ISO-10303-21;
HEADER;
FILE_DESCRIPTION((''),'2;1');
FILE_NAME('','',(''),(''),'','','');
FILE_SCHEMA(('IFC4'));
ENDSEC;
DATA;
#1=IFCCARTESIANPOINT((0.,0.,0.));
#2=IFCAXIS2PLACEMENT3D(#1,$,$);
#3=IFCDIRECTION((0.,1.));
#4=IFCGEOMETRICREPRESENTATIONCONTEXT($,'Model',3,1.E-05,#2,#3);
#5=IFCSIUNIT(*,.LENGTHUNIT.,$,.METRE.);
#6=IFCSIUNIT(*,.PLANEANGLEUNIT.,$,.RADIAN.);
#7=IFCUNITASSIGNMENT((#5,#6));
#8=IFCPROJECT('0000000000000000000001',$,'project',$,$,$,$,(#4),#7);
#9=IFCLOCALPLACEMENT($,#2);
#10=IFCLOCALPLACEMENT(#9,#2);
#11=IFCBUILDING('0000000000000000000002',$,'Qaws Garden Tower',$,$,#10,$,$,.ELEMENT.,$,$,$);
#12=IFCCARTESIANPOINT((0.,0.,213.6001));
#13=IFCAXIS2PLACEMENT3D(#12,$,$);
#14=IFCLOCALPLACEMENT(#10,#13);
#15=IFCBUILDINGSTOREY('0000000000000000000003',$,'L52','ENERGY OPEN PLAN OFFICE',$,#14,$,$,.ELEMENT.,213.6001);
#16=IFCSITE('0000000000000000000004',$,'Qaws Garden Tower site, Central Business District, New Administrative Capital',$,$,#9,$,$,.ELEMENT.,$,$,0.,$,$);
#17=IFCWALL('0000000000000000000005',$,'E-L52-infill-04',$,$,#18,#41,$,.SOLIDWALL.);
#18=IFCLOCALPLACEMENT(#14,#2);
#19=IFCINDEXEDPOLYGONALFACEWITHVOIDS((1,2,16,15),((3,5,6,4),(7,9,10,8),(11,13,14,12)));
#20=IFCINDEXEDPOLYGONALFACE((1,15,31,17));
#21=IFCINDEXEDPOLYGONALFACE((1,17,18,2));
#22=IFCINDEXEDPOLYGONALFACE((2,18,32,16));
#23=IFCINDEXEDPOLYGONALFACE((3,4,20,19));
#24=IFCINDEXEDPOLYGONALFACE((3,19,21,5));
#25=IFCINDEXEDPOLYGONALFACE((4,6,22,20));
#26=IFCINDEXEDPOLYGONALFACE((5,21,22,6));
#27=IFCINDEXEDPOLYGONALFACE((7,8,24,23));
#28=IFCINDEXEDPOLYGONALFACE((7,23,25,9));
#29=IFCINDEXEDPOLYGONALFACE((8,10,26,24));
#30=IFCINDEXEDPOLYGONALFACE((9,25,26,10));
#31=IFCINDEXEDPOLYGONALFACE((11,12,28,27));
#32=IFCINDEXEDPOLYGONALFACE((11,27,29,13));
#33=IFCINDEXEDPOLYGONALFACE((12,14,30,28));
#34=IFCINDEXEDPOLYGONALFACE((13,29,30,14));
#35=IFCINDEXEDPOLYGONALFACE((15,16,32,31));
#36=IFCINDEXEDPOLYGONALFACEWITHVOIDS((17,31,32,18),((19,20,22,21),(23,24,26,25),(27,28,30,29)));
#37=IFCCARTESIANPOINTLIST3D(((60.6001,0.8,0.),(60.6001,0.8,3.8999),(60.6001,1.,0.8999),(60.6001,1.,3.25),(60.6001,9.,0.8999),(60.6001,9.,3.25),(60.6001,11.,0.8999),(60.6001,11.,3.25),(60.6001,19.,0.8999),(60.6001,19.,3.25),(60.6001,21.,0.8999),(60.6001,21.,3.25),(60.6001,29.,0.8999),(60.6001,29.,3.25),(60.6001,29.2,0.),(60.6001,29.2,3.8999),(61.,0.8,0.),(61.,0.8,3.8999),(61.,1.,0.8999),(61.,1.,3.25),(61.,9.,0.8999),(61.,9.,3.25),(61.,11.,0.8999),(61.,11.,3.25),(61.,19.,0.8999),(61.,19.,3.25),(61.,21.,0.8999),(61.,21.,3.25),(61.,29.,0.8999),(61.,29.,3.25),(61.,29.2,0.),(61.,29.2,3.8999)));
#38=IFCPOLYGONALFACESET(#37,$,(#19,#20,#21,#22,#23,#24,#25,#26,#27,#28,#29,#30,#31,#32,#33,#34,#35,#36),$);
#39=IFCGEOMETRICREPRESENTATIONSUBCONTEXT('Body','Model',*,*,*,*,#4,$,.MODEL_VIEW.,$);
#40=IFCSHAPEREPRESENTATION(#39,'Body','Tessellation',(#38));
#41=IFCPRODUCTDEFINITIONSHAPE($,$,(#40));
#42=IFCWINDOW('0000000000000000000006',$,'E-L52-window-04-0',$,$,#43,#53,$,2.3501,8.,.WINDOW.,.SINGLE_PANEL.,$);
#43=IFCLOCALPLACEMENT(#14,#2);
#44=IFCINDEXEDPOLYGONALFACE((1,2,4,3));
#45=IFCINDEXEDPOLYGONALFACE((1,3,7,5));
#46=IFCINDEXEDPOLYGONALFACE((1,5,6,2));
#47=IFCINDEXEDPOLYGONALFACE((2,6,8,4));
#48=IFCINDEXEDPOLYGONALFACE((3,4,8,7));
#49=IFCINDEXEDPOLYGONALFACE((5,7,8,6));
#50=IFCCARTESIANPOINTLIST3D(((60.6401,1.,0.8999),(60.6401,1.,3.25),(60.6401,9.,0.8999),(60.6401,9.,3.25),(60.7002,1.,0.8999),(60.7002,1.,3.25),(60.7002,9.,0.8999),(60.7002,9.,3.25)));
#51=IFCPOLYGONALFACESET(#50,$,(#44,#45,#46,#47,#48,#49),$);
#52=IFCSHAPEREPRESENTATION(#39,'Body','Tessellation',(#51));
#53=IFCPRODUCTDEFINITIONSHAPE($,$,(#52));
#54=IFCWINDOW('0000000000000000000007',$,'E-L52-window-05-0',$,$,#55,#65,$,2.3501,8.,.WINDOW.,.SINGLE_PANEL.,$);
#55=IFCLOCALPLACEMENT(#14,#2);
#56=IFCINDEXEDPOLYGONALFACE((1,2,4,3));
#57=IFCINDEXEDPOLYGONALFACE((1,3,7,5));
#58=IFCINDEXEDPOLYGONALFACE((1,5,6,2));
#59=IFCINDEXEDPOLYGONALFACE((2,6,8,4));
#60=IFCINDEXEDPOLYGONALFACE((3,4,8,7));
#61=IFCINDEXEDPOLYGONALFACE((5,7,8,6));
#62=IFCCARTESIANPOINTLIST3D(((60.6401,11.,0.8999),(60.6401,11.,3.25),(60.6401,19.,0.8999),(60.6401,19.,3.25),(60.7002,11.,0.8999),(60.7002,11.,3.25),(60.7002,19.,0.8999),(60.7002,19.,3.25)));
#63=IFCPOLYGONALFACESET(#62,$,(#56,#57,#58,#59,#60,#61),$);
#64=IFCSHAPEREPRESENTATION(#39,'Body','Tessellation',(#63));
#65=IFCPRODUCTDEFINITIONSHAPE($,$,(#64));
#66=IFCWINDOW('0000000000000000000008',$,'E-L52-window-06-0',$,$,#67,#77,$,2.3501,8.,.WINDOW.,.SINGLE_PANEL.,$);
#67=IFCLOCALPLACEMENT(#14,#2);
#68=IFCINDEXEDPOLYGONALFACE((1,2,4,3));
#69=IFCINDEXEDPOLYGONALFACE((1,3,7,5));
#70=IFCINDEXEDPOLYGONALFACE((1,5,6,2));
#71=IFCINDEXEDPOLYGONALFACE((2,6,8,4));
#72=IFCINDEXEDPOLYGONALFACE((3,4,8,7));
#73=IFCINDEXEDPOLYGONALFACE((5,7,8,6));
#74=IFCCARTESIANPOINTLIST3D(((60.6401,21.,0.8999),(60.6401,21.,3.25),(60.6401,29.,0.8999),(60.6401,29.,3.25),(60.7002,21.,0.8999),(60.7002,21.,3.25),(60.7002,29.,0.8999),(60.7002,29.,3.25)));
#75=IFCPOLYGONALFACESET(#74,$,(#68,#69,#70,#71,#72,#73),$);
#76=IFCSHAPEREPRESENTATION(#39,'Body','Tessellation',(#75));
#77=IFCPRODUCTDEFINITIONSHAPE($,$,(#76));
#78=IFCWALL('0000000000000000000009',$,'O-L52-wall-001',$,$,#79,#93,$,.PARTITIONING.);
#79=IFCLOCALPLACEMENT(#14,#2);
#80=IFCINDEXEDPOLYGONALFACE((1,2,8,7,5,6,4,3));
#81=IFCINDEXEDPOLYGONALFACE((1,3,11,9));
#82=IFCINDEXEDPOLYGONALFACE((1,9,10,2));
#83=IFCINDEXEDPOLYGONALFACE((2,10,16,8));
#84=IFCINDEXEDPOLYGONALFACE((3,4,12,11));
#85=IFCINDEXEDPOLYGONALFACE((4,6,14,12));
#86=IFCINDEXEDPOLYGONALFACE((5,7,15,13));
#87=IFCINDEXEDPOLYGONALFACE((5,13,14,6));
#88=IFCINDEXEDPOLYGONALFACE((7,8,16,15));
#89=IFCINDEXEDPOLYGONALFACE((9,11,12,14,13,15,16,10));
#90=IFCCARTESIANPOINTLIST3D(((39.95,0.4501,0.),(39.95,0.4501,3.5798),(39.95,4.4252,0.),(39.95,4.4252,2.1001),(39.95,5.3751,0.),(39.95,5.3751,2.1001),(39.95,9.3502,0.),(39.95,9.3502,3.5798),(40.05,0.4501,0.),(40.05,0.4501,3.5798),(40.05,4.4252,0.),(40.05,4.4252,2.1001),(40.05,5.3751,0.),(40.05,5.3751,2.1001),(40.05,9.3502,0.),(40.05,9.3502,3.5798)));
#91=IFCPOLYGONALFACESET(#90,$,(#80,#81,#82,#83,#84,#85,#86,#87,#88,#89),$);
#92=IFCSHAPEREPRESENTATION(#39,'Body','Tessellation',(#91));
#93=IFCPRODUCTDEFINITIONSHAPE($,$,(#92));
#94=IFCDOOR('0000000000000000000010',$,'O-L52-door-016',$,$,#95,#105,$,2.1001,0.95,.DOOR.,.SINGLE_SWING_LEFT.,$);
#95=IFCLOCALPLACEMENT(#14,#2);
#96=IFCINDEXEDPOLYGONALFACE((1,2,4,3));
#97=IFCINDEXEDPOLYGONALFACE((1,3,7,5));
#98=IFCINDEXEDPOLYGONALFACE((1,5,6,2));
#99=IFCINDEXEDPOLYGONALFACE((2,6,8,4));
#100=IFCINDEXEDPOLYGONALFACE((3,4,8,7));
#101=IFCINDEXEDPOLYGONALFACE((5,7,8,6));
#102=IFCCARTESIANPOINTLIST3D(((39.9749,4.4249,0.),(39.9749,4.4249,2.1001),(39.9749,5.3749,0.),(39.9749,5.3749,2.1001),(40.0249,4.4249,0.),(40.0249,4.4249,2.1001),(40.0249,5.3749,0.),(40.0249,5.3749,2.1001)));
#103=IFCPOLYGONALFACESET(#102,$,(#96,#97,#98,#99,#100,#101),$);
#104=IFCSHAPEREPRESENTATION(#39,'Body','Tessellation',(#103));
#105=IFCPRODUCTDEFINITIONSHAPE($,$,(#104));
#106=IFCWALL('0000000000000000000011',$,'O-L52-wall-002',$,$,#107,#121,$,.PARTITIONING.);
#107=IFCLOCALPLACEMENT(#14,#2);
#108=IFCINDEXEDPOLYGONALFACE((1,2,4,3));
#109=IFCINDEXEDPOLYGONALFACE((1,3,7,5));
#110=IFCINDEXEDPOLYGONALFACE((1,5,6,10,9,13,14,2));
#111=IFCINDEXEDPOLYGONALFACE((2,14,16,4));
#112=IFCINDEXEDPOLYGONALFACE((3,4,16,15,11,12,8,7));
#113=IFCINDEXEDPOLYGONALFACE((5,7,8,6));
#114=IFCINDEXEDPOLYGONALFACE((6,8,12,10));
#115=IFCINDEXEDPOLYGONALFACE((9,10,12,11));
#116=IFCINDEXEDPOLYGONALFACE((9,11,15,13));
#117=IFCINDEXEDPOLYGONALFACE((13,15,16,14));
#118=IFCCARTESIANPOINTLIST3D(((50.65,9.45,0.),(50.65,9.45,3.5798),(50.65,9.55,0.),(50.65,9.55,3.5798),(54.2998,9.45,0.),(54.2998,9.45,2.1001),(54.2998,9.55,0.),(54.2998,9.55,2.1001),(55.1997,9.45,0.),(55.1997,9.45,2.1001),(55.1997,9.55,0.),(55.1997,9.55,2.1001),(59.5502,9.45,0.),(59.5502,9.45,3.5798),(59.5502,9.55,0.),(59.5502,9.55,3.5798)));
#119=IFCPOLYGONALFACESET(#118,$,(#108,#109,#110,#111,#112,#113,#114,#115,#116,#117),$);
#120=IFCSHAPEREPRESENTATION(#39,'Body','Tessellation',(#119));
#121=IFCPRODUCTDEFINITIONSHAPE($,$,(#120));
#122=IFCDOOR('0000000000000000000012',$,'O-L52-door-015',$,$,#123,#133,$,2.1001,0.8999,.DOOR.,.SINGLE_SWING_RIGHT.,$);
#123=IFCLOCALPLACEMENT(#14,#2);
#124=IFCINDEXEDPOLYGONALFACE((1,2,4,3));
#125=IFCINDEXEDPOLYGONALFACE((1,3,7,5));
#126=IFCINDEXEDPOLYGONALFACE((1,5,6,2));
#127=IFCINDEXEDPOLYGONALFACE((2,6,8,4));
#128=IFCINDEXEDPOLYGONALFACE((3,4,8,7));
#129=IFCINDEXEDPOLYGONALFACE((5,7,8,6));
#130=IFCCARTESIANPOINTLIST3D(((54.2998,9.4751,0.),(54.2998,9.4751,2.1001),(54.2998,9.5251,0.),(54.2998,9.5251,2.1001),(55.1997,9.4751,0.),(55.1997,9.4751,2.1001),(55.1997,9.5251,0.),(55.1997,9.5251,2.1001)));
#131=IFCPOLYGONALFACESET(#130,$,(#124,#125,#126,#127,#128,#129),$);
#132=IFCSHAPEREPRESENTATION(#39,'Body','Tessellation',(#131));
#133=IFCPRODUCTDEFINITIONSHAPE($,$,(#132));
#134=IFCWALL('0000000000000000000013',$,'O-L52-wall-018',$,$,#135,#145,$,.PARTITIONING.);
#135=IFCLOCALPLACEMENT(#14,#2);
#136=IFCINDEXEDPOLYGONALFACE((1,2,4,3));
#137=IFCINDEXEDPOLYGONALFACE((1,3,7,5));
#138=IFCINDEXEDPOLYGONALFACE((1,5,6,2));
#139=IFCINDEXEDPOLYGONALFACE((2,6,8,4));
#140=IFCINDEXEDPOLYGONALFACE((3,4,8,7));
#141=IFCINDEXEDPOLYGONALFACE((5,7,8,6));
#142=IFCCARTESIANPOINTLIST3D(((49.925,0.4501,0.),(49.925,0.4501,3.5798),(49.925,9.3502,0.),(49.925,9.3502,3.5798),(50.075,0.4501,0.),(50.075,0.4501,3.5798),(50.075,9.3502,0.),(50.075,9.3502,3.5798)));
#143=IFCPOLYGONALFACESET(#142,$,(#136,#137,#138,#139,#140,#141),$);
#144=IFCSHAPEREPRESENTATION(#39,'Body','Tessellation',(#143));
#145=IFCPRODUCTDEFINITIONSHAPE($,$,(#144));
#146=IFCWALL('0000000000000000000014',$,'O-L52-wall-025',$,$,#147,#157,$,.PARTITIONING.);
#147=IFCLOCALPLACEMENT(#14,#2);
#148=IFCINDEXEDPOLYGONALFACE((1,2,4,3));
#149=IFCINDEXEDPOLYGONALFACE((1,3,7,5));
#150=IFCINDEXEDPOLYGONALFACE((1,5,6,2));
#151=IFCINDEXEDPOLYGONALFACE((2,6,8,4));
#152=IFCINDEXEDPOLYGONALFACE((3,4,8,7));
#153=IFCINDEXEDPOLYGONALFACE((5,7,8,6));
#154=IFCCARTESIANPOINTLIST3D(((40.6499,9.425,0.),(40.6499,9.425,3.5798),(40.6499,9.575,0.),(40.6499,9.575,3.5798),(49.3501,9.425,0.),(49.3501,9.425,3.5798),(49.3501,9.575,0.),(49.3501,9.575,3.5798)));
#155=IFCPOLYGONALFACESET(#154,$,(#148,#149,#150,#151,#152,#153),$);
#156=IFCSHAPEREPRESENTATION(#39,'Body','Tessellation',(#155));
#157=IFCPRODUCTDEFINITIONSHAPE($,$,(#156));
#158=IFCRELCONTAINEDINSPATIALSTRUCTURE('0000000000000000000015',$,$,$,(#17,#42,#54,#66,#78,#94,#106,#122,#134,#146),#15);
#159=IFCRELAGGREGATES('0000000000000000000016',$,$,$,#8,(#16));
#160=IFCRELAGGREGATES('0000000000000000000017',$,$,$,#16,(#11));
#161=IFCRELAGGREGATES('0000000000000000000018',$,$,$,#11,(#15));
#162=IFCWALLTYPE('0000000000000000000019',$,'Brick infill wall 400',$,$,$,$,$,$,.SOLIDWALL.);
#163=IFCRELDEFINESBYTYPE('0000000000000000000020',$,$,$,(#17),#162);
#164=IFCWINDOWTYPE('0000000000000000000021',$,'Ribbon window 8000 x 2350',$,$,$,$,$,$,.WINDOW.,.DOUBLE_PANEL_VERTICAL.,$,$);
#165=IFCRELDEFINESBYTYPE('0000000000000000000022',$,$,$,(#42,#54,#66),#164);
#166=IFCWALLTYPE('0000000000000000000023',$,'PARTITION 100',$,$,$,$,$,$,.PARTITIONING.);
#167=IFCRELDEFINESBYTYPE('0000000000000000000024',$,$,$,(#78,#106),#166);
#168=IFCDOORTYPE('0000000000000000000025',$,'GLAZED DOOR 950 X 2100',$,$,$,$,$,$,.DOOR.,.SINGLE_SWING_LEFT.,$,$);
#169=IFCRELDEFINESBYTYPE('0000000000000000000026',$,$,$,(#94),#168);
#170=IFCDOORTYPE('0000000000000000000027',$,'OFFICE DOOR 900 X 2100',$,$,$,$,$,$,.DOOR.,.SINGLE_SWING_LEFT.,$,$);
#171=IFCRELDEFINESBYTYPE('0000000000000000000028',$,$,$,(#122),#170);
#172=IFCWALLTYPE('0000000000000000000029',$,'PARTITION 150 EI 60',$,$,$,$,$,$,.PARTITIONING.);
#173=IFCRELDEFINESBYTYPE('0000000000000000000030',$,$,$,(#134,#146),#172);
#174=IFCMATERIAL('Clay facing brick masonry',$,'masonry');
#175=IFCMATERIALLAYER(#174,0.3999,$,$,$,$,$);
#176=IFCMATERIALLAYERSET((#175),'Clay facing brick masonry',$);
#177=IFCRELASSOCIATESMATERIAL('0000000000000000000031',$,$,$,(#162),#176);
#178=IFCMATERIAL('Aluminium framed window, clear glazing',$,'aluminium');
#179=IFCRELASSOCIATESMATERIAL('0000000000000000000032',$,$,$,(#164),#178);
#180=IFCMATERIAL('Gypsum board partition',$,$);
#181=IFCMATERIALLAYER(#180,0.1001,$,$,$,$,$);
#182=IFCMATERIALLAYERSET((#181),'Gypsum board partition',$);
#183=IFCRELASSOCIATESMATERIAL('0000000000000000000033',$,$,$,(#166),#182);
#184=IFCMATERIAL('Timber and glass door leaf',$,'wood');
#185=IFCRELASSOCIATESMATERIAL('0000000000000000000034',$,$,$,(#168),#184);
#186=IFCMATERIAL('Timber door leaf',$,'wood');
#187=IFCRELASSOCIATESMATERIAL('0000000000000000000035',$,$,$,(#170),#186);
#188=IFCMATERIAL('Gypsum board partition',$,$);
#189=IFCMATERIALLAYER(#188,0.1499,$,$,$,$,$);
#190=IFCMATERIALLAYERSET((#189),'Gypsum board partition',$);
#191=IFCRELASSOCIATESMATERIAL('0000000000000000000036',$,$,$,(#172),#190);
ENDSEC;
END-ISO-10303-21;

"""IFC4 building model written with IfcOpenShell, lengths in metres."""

from ifc_helpers import new_model, si_unit, direction, frame, frame_2d, origin, place, context, subcontext, project, spatial, rectangle, extrude, material, layer, layer_set, type_object, element, fill, save


model = new_model("IFC4")

# Units and contexts
model_context = context("Model", 3, precision=1e-05, world=origin(), true_north=direction((0.0, 1.0)))
body_context = subcontext(model_context, "Body", "Model", "MODEL_VIEW")
ifc_project = project(units=[si_unit("LENGTHUNIT", "METRE"), si_unit("PLANEANGLEUNIT", "RADIAN")], contexts=[model_context])

# Site, building, storey
site_placement = place(None, origin())
site = spatial("IfcSite", under=ifc_project, at=site_placement, Name="Qaws Garden Tower site, Central Business District, New Administrative Capital", CompositionType="ELEMENT", RefElevation=0.0)
building_placement = place(site_placement, origin())
building = spatial("IfcBuilding", under=site, at=building_placement, Name="Qaws Garden Tower", CompositionType="ELEMENT")
storey_placement = place(building_placement, frame((0.0, 0.0, 213.6001)))
storey = spatial("IfcBuildingStorey", under=building, at=storey_placement, Name="L52", Description="ENERGY OPEN PLAN OFFICE", CompositionType="ELEMENT", Elevation=213.6001)

# Wall, openings, windows
ifc_material_1 = material(Name="Clay facing brick masonry", Category="masonry")
ifc_layer_1 = layer(ifc_material_1, 0.3999)
ifc_layer_set_1 = layer_set([ifc_layer_1], Name="Clay facing brick masonry")
wall_type_1 = type_object("IfcWallType", Name="Brick infill wall 400", PredefinedType="SOLIDWALL", material=ifc_layer_set_1)
wall_1_placement = place(storey_placement, frame((60.8, 0.8, 0.0), z_axis=(0.0, 0.0, 1.0), x_axis=(0.0, 1.0, 0.0)))
wall_1 = element("IfcWall", 1, at=wall_1_placement, inside=storey, type_object=wall_type_1, Name="E-L52-infill-04", PredefinedType="SOLIDWALL", context=body_context, shape_type="SweptSolid", body=[
    extrude(rectangle(XDim=28.3999, YDim=0.3999, at=frame_2d((14.2, 0.0))), origin(), (0.0, 0.0, 1.0), 3.8999),
])
opening_1_placement = place(wall_1_placement, frame((0.2, 0.0, 0.8999)))
opening_1 = element("IfcOpeningElement", 2, at=opening_1_placement, cuts=wall_1, PredefinedType="OPENING", context=body_context, shape_type="SweptSolid", body=[
    extrude(rectangle(XDim=8.0, YDim=2.3501, at=frame_2d((4.0, 1.175))), frame((0.0, 0.21, 0.0), z_axis=(0.0, -1.0, 0.0), x_axis=(1.0, 0.0, 0.0)), (0.0, 0.0, 1.0), 0.4199),
])
opening_2_placement = place(wall_1_placement, frame((10.2, 0.0, 0.8999)))
opening_2 = element("IfcOpeningElement", 3, at=opening_2_placement, cuts=wall_1, PredefinedType="OPENING", context=body_context, shape_type="SweptSolid", body=[
    extrude(rectangle(XDim=8.0, YDim=2.3501, at=frame_2d((4.0, 1.175))), frame((0.0, 0.21, 0.0), z_axis=(0.0, -1.0, 0.0), x_axis=(1.0, 0.0, 0.0)), (0.0, 0.0, 1.0), 0.4199),
])
opening_3_placement = place(wall_1_placement, frame((20.2, 0.0, 0.8999)))
opening_3 = element("IfcOpeningElement", 4, at=opening_3_placement, cuts=wall_1, PredefinedType="OPENING", context=body_context, shape_type="SweptSolid", body=[
    extrude(rectangle(XDim=8.0, YDim=2.3501, at=frame_2d((4.0, 1.175))), frame((0.0, 0.21, 0.0), z_axis=(0.0, -1.0, 0.0), x_axis=(1.0, 0.0, 0.0)), (0.0, 0.0, 1.0), 0.4199),
])
ifc_material_2 = material(Name="Aluminium framed window, clear glazing", Category="aluminium")
window_type = type_object("IfcWindowType", Name="Ribbon window 8000 x 2350", PartitioningType="DOUBLE_PANEL_VERTICAL", PredefinedType="WINDOW", material=ifc_material_2)
window_1_placement = place(opening_1_placement, origin())
window_1 = element("IfcWindow", 5, at=window_1_placement, inside=storey, type_object=window_type, Name="E-L52-window-04-0", OverallHeight=2.3501, OverallWidth=8.0, PartitioningType="SINGLE_PANEL", PredefinedType="WINDOW", context=body_context, shape_type="SweptSolid", body=[
    extrude(rectangle(XDim=8.0, YDim=2.3501, at=frame_2d((4.0, 1.175))), frame((0.0, 0.1599, 0.0), z_axis=(0.0, -1.0, 0.0), x_axis=(1.0, 0.0, 0.0)), (0.0, 0.0, 1.0), 0.0601),
])
fill(opening_1, window_1)
window_2_placement = place(opening_2_placement, origin())
window_2 = element("IfcWindow", 6, at=window_2_placement, inside=storey, type_object=window_type, Name="E-L52-window-05-0", OverallHeight=2.3501, OverallWidth=8.0, PartitioningType="SINGLE_PANEL", PredefinedType="WINDOW", context=body_context, shape_type="SweptSolid", body=[
    extrude(rectangle(XDim=8.0, YDim=2.3501, at=frame_2d((4.0, 1.175))), frame((0.0, 0.1599, 0.0), z_axis=(0.0, -1.0, 0.0), x_axis=(1.0, 0.0, 0.0)), (0.0, 0.0, 1.0), 0.0601),
])
fill(opening_2, window_2)
window_3_placement = place(opening_3_placement, origin())
window_3 = element("IfcWindow", 7, at=window_3_placement, inside=storey, type_object=window_type, Name="E-L52-window-06-0", OverallHeight=2.3501, OverallWidth=8.0, PartitioningType="SINGLE_PANEL", PredefinedType="WINDOW", context=body_context, shape_type="SweptSolid", body=[
    extrude(rectangle(XDim=8.0, YDim=2.3501, at=frame_2d((4.0, 1.175))), frame((0.0, 0.1599, 0.0), z_axis=(0.0, -1.0, 0.0), x_axis=(1.0, 0.0, 0.0)), (0.0, 0.0, 1.0), 0.0601),
])
fill(opening_3, window_3)

# Walls, openings, doors
ifc_material_3 = material(Name="Gypsum board partition")
ifc_layer_2 = layer(ifc_material_3, 0.1001)
ifc_layer_set_2 = layer_set([ifc_layer_2], Name="Gypsum board partition")
wall_type_2 = type_object("IfcWallType", Name="PARTITION 100", PredefinedType="PARTITIONING", material=ifc_layer_set_2)
wall_2_placement = place(storey_placement, frame((40.0, 0.45, 0.0), z_axis=(0.0, 0.0, 1.0), x_axis=(0.0, 1.0, 0.0)))
wall_2 = element("IfcWall", 8, at=wall_2_placement, inside=storey, type_object=wall_type_2, Name="O-L52-wall-001", PredefinedType="PARTITIONING", context=body_context, shape_type="SweptSolid", body=[
    extrude(rectangle(XDim=8.9001, YDim=0.1001, at=frame_2d((4.4502, 0.0))), origin(), (0.0, 0.0, 1.0), 3.5798),
])
opening_4_placement = place(wall_2_placement, frame((3.9751, 0.0, 0.0)))
opening_4 = element("IfcOpeningElement", 9, at=opening_4_placement, cuts=wall_2, PredefinedType="OPENING", context=body_context, shape_type="SweptSolid", body=[
    extrude(rectangle(XDim=0.95, YDim=2.1001, at=frame_2d((0.4751, 1.05))), frame((0.0, 0.0601, 0.0), z_axis=(0.0, -1.0, 0.0), x_axis=(1.0, 0.0, 0.0)), (0.0, 0.0, 1.0), 0.1201),
])
ifc_material_4 = material(Name="Timber and glass door leaf", Category="wood")
door_type_1 = type_object("IfcDoorType", Name="GLAZED DOOR 950 X 2100", OperationType="SINGLE_SWING_LEFT", PredefinedType="DOOR", material=ifc_material_4)
door_1_placement = place(opening_4_placement, frame((0.95, 0.0, 0.0), z_axis=(0.0, 0.0, 1.0), x_axis=(-1.0, 0.0, 0.0)))
door_1 = element("IfcDoor", 10, at=door_1_placement, inside=storey, type_object=door_type_1, Name="O-L52-door-016", OperationType="SINGLE_SWING_LEFT", OverallHeight=2.1001, OverallWidth=0.95, PredefinedType="DOOR", context=body_context, shape_type="SweptSolid", body=[
    extrude(rectangle(XDim=0.95, YDim=2.1001, at=frame_2d((0.4751, 1.05))), frame((0.0, 0.0249, 0.0), z_axis=(0.0, -1.0, 0.0), x_axis=(1.0, 0.0, 0.0)), (0.0, 0.0, 1.0), 0.05),
])
fill(opening_4, door_1)
wall_3_placement = place(storey_placement, frame((50.6499, 9.5, 0.0), z_axis=(0.0, 0.0, 1.0), x_axis=(1.0, 0.0, 0.0)))
wall_3 = element("IfcWall", 11, at=wall_3_placement, inside=storey, type_object=wall_type_2, Name="O-L52-wall-002", PredefinedType="PARTITIONING", context=body_context, shape_type="SweptSolid", body=[
    extrude(rectangle(XDim=8.9001, YDim=0.1001, at=frame_2d((4.4502, 0.0))), origin(), (0.0, 0.0, 1.0), 3.5798),
])
opening_5_placement = place(wall_3_placement, frame((3.6499, 0.0, 0.0)))
opening_5 = element("IfcOpeningElement", 12, at=opening_5_placement, cuts=wall_3, PredefinedType="OPENING", context=body_context, shape_type="SweptSolid", body=[
    extrude(rectangle(XDim=0.8999, YDim=2.1001, at=frame_2d((0.45, 1.05))), frame((0.0, 0.0601, 0.0), z_axis=(0.0, -1.0, 0.0), x_axis=(1.0, 0.0, 0.0)), (0.0, 0.0, 1.0), 0.1201),
])
ifc_material_5 = material(Name="Timber door leaf", Category="wood")
door_type_2 = type_object("IfcDoorType", Name="OFFICE DOOR 900 X 2100", OperationType="SINGLE_SWING_LEFT", PredefinedType="DOOR", material=ifc_material_5)
door_2_placement = place(opening_5_placement, frame((0.8999, 0.0, 0.0), z_axis=(0.0, 0.0, 1.0), x_axis=(-1.0, 0.0, 0.0)))
door_2 = element("IfcDoor", 13, at=door_2_placement, inside=storey, type_object=door_type_2, Name="O-L52-door-015", OperationType="SINGLE_SWING_RIGHT", OverallHeight=2.1001, OverallWidth=0.8999, PredefinedType="DOOR", context=body_context, shape_type="SweptSolid", body=[
    extrude(rectangle(XDim=0.8999, YDim=2.1001, at=frame_2d((0.45, 1.05))), frame((0.0, 0.0249, 0.0), z_axis=(0.0, -1.0, 0.0), x_axis=(1.0, 0.0, 0.0)), (0.0, 0.0, 1.0), 0.05),
])
fill(opening_5, door_2)

# Walls
ifc_material_6 = material(Name="Gypsum board partition")
ifc_layer_3 = layer(ifc_material_6, 0.1499)
ifc_layer_set_3 = layer_set([ifc_layer_3], Name="Gypsum board partition")
wall_type_3 = type_object("IfcWallType", Name="PARTITION 150 EI 60", PredefinedType="PARTITIONING", material=ifc_layer_set_3)
wall_4_placement = place(storey_placement, frame((50.0, 0.45, 0.0), z_axis=(0.0, 0.0, 1.0), x_axis=(0.0, 1.0, 0.0)))
element("IfcWall", 14, at=wall_4_placement, inside=storey, type_object=wall_type_3, Name="O-L52-wall-018", PredefinedType="PARTITIONING", context=body_context, shape_type="SweptSolid", body=[
    extrude(rectangle(XDim=8.9001, YDim=0.1499, at=frame_2d((4.4502, 0.0))), origin(), (0.0, 0.0, 1.0), 3.5798),
])
wall_5_placement = place(storey_placement, frame((40.6499, 9.5, 0.0), z_axis=(0.0, 0.0, 1.0), x_axis=(1.0, 0.0, 0.0)))
element("IfcWall", 15, at=wall_5_placement, inside=storey, type_object=wall_type_3, Name="O-L52-wall-025", PredefinedType="PARTITIONING", context=body_context, shape_type="SweptSolid", body=[
    extrude(rectangle(XDim=8.7002, YDim=0.1499, at=frame_2d((4.3501, 0.0))), origin(), (0.0, 0.0, 1.0), 3.5798),
])

save(model, "model.ifc")
